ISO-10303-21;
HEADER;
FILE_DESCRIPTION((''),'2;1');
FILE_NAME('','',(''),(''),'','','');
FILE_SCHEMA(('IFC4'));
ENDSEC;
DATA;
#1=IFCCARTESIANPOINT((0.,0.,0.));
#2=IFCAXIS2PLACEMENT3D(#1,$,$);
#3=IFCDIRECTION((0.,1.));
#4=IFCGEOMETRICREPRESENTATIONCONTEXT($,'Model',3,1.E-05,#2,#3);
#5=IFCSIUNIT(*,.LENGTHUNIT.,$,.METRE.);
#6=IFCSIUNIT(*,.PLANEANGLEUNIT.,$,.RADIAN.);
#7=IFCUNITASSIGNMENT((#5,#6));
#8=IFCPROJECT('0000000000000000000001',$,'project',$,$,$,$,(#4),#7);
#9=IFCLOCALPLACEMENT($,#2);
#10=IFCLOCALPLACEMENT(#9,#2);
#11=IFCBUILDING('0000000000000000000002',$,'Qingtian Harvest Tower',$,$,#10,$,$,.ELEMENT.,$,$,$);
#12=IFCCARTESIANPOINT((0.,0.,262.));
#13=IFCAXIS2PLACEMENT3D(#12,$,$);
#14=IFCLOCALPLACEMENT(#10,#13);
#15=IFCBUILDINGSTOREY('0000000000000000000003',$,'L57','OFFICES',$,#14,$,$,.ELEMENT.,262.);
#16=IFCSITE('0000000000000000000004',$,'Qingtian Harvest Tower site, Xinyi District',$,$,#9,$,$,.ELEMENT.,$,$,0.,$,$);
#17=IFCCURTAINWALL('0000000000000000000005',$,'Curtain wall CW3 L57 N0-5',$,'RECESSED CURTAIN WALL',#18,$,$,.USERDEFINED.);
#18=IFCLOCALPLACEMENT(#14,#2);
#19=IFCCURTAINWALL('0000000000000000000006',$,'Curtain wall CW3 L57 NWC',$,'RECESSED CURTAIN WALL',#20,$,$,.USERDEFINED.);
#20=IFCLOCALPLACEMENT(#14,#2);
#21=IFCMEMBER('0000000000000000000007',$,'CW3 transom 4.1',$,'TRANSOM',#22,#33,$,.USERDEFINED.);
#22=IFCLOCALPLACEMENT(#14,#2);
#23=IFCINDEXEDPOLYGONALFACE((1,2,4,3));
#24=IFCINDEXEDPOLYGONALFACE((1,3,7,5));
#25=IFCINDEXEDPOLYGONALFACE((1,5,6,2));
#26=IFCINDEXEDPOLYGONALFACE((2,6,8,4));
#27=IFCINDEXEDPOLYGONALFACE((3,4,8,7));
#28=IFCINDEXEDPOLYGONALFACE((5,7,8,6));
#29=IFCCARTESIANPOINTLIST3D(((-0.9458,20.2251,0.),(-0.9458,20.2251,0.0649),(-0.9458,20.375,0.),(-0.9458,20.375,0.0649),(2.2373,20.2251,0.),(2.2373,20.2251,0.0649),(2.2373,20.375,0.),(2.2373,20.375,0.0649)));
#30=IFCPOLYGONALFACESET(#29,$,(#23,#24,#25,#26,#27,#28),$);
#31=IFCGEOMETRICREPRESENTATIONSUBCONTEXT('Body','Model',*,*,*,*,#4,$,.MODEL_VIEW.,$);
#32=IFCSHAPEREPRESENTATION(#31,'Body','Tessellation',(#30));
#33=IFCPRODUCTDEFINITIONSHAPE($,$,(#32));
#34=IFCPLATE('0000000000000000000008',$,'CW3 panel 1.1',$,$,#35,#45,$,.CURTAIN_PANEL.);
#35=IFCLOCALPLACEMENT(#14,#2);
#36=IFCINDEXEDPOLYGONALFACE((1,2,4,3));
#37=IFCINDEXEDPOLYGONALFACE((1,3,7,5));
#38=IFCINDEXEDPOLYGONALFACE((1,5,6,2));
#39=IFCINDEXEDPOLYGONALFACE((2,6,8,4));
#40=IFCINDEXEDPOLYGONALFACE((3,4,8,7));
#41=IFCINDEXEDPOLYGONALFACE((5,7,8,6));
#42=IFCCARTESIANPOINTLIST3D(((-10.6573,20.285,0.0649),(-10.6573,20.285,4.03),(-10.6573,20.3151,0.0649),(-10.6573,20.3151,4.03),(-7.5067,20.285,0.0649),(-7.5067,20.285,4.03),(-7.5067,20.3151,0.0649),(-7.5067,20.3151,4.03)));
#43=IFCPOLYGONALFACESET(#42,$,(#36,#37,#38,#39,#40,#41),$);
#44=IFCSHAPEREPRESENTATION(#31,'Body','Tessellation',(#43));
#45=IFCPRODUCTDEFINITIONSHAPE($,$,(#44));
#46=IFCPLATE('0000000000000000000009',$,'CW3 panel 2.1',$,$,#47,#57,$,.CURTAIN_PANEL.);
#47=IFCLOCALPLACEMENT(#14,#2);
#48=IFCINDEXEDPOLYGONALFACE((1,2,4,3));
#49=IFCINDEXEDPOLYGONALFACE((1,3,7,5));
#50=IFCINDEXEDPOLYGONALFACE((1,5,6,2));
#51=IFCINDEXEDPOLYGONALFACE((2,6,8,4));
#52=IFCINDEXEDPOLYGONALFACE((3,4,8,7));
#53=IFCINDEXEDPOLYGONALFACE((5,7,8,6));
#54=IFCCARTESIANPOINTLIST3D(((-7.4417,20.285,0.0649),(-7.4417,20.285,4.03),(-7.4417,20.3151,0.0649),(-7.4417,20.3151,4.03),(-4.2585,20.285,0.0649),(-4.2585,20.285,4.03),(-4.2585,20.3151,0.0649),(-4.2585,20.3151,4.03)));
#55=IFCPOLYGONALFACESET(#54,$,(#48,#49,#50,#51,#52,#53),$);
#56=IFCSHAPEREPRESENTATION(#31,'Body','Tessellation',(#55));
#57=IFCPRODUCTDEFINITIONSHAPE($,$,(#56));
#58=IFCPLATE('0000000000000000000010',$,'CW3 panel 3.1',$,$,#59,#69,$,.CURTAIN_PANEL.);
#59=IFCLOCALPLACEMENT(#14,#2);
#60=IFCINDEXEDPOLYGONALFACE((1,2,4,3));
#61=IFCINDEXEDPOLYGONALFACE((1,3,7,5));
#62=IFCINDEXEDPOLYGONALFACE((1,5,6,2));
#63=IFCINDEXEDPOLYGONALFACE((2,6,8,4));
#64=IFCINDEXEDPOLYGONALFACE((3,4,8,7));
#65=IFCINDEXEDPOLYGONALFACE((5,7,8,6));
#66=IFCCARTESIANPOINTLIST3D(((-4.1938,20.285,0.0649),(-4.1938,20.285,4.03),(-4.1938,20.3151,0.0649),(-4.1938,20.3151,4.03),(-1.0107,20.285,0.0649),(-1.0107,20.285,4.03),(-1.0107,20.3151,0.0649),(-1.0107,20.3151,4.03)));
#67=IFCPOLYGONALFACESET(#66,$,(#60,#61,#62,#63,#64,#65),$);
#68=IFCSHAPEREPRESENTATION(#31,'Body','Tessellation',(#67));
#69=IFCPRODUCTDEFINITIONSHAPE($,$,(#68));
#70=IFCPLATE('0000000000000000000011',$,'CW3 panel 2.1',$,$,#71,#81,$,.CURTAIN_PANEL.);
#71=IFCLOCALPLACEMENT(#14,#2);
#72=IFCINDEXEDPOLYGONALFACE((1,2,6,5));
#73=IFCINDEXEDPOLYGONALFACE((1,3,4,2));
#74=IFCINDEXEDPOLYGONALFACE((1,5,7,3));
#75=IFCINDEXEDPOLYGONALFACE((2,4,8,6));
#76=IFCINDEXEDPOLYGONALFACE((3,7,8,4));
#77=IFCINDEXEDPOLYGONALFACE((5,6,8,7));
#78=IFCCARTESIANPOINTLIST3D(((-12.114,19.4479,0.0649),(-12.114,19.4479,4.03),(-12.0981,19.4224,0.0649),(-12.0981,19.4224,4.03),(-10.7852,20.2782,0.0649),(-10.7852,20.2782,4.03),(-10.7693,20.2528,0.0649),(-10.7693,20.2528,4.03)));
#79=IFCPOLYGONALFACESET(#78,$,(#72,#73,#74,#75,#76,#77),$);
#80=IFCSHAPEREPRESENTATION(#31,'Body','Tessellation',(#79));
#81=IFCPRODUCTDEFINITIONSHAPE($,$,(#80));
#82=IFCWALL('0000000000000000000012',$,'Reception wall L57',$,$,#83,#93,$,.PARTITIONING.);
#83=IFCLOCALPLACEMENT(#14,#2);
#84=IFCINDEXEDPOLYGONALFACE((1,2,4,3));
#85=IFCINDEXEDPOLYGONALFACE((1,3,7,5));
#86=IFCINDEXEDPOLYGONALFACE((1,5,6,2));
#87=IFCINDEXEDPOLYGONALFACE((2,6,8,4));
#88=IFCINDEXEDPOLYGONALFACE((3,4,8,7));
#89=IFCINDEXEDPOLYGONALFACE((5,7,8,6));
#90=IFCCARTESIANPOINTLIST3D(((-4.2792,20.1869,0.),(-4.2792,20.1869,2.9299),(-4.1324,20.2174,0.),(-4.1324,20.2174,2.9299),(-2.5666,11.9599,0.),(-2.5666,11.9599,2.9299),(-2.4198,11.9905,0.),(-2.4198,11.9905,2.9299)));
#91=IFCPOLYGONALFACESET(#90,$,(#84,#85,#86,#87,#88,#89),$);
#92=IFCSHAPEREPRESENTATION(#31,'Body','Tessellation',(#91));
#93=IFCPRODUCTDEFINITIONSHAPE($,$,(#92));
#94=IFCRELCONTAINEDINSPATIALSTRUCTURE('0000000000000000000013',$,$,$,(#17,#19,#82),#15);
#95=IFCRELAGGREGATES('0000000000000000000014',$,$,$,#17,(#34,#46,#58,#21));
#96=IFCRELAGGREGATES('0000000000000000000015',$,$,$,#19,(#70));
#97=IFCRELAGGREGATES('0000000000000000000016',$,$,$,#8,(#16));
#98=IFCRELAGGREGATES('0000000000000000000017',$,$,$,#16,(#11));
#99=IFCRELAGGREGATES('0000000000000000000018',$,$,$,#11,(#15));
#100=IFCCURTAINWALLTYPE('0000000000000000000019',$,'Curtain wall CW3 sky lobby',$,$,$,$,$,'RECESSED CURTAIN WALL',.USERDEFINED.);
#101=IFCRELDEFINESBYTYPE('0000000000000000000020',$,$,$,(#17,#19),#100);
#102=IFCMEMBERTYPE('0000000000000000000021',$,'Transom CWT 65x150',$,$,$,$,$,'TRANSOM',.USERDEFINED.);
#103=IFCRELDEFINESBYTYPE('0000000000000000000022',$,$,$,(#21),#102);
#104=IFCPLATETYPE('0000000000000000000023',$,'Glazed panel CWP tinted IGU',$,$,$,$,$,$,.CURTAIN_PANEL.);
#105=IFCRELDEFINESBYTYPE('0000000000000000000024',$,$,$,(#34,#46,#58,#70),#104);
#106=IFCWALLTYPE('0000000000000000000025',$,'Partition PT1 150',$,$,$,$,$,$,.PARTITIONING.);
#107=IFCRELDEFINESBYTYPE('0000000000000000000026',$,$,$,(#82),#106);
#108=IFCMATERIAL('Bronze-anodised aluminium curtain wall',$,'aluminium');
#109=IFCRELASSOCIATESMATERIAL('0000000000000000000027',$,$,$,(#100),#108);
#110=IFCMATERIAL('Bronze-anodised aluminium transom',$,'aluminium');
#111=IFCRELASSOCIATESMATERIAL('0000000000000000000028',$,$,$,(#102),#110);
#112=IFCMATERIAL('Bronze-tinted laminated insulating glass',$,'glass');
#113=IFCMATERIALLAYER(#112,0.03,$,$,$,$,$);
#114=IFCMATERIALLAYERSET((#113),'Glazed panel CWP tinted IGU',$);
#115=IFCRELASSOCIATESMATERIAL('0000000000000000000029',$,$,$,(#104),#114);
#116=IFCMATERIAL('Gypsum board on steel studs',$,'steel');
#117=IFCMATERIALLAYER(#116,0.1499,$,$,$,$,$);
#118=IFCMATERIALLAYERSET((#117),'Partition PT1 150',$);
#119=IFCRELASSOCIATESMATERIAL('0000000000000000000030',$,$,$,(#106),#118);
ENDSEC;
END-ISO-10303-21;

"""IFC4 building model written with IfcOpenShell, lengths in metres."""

from ifc_helpers import new_model, si_unit, direction, frame, frame_2d, origin, origin_2d, place, context, subcontext, project, spatial, rectangle, extrude, material, layer, layer_set, material_profile, profile_set, type_object, element, aggregate, save


model = new_model("IFC4")

# Units and contexts
model_context = context("Model", 3, precision=1e-05, world=origin(), true_north=direction((0.0, 1.0)))
body_context = subcontext(model_context, "Body", "Model", "MODEL_VIEW")
ifc_project = project(units=[si_unit("LENGTHUNIT", "METRE"), si_unit("PLANEANGLEUNIT", "RADIAN")], contexts=[model_context])

# Site, building, storey
site_placement = place(None, origin())
site = spatial("IfcSite", under=ifc_project, at=site_placement, Name="Qingtian Harvest Tower site, Xinyi District", CompositionType="ELEMENT", RefElevation=0.0)
building_placement = place(site_placement, origin())
building = spatial("IfcBuilding", under=site, at=building_placement, Name="Qingtian Harvest Tower", CompositionType="ELEMENT")
storey_placement = place(building_placement, frame((0.0, 0.0, 262.0)))
storey = spatial("IfcBuildingStorey", under=building, at=storey_placement, Name="L57", Description="OFFICES", CompositionType="ELEMENT", Elevation=262.0)

# Curtain wall
ifc_material_1 = material(Name="Bronze-anodised aluminium curtain wall", Category="aluminium")
curtain_wall_type = type_object("IfcCurtainWallType", Name="Curtain wall CW3 sky lobby", ElementType="RECESSED CURTAIN WALL", PredefinedType="USERDEFINED", material=ifc_material_1)
curtain_wall_1_placement = place(storey_placement, origin())
curtain_wall_1 = element("IfcCurtainWall", 1, at=curtain_wall_1_placement, inside=storey, type_object=curtain_wall_type, Name="Curtain wall CW3 L57 N0-5", ObjectType="RECESSED CURTAIN WALL", PredefinedType="USERDEFINED")

# Curtain wall
curtain_wall_2_placement = place(storey_placement, origin())
curtain_wall_2 = element("IfcCurtainWall", 2, at=curtain_wall_2_placement, inside=storey, type_object=curtain_wall_type, Name="Curtain wall CW3 L57 NWC", ObjectType="RECESSED CURTAIN WALL", PredefinedType="USERDEFINED")

# Member
ifc_material_2 = material(Name="Bronze-anodised aluminium transom", Category="aluminium")
ifc_material_profile_1 = material_profile(ifc_material_2, rectangle(XDim=0.1499, YDim=0.0649, at=origin_2d()), Name="AL 65x150")
ifc_profile_set_1 = profile_set([ifc_material_profile_1], Name="Bronze-anodised aluminium transom")
member_type_1 = type_object("IfcMemberType", Name="Transom CWT 65x150", ElementType="TRANSOM", PredefinedType="USERDEFINED", material=ifc_profile_set_1)
member_1_placement = place(storey_placement, frame((-0.9458, 20.3, 0.0325), z_axis=(1.0, 0.0, 0.0), x_axis=(0.0, 1.0, 0.0)))
member_1 = element("IfcMember", 3, at=member_1_placement, type_object=member_type_1, Name="CW3 transom 4.1", ObjectType="TRANSOM", PredefinedType="USERDEFINED", context=body_context, shape_type="SweptSolid", body=[
    extrude(rectangle(XDim=0.1499, YDim=0.0649, at=origin_2d()), origin(), (0.0, 0.0, 1.0), 3.1831),
])

# Plates
ifc_material_3 = material(Name="Bronze-tinted laminated insulating glass", Category="glass")
ifc_layer_1 = layer(ifc_material_3, 0.03)
ifc_layer_set_1 = layer_set([ifc_layer_1], Name="Glazed panel CWP tinted IGU")
plate_type = type_object("IfcPlateType", Name="Glazed panel CWP tinted IGU", PredefinedType="CURTAIN_PANEL", material=ifc_layer_set_1)
plate_1_placement = place(storey_placement, frame((-9.082, 20.3, 0.0649), z_axis=(0.0, 0.0, 1.0), x_axis=(1.0, 0.0, 0.0)))
plate_1 = element("IfcPlate", 4, at=plate_1_placement, type_object=plate_type, Name="CW3 panel 1.1", PredefinedType="CURTAIN_PANEL", context=body_context, shape_type="SweptSolid", body=[
    extrude(rectangle(XDim=3.1506, YDim=0.03, at=origin_2d()), origin(), (0.0, 0.0, 1.0), 3.9651),
])
plate_2_placement = place(storey_placement, frame((-5.8501, 20.3, 0.0649), z_axis=(0.0, 0.0, 1.0), x_axis=(1.0, 0.0, 0.0)))
plate_2 = element("IfcPlate", 5, at=plate_2_placement, type_object=plate_type, Name="CW3 panel 2.1", PredefinedType="CURTAIN_PANEL", context=body_context, shape_type="SweptSolid", body=[
    extrude(rectangle(XDim=3.1831, YDim=0.03, at=origin_2d()), origin(), (0.0, 0.0, 1.0), 3.9651),
])
plate_3_placement = place(storey_placement, frame((-2.6023, 20.3, 0.0649), z_axis=(0.0, 0.0, 1.0), x_axis=(1.0, 0.0, 0.0)))
plate_3 = element("IfcPlate", 6, at=plate_3_placement, type_object=plate_type, Name="CW3 panel 3.1", PredefinedType="CURTAIN_PANEL", context=body_context, shape_type="SweptSolid", body=[
    extrude(rectangle(XDim=3.1831, YDim=0.03, at=origin_2d()), origin(), (0.0, 0.0, 1.0), 3.9651),
])
aggregate(curtain_wall_1, [plate_1, plate_2, plate_3, member_1])
plate_4_placement = place(storey_placement, frame((-11.4417, 19.8503, 0.0649), z_axis=(0.0, 0.0, 1.0), x_axis=(0.848048, 0.529919, 0.0)))
plate_4 = element("IfcPlate", 7, at=plate_4_placement, type_object=plate_type, Name="CW3 panel 2.1", PredefinedType="CURTAIN_PANEL", context=body_context, shape_type="SweptSolid", body=[
    extrude(rectangle(XDim=1.5669, YDim=0.03, at=origin_2d()), origin(), (0.0, 0.0, 1.0), 3.9651),
])
aggregate(curtain_wall_2, [plate_4])

# Wall
ifc_material_4 = material(Name="Gypsum board on steel studs", Category="steel")
ifc_layer_2 = layer(ifc_material_4, 0.1499)
ifc_layer_set_2 = layer_set([ifc_layer_2], Name="Partition PT1 150")
wall_type = type_object("IfcWallType", Name="Partition PT1 150", PredefinedType="PARTITIONING", material=ifc_layer_set_2)
wall_1_placement = place(storey_placement, frame((-4.2058, 20.2021, 0.0), z_axis=(0.0, 0.0, 1.0), x_axis=(0.203803, -0.979012, 0.0)))
element("IfcWall", 8, at=wall_1_placement, inside=storey, type_object=wall_type, Name="Reception wall L57", PredefinedType="PARTITIONING", context=body_context, shape_type="SweptSolid", body=[
    extrude(rectangle(XDim=8.4033, YDim=0.1499, at=frame_2d((4.2017, 0.0))), origin(), (0.0, 0.0, 1.0), 2.9299),
])

save(model, "model.ifc")
